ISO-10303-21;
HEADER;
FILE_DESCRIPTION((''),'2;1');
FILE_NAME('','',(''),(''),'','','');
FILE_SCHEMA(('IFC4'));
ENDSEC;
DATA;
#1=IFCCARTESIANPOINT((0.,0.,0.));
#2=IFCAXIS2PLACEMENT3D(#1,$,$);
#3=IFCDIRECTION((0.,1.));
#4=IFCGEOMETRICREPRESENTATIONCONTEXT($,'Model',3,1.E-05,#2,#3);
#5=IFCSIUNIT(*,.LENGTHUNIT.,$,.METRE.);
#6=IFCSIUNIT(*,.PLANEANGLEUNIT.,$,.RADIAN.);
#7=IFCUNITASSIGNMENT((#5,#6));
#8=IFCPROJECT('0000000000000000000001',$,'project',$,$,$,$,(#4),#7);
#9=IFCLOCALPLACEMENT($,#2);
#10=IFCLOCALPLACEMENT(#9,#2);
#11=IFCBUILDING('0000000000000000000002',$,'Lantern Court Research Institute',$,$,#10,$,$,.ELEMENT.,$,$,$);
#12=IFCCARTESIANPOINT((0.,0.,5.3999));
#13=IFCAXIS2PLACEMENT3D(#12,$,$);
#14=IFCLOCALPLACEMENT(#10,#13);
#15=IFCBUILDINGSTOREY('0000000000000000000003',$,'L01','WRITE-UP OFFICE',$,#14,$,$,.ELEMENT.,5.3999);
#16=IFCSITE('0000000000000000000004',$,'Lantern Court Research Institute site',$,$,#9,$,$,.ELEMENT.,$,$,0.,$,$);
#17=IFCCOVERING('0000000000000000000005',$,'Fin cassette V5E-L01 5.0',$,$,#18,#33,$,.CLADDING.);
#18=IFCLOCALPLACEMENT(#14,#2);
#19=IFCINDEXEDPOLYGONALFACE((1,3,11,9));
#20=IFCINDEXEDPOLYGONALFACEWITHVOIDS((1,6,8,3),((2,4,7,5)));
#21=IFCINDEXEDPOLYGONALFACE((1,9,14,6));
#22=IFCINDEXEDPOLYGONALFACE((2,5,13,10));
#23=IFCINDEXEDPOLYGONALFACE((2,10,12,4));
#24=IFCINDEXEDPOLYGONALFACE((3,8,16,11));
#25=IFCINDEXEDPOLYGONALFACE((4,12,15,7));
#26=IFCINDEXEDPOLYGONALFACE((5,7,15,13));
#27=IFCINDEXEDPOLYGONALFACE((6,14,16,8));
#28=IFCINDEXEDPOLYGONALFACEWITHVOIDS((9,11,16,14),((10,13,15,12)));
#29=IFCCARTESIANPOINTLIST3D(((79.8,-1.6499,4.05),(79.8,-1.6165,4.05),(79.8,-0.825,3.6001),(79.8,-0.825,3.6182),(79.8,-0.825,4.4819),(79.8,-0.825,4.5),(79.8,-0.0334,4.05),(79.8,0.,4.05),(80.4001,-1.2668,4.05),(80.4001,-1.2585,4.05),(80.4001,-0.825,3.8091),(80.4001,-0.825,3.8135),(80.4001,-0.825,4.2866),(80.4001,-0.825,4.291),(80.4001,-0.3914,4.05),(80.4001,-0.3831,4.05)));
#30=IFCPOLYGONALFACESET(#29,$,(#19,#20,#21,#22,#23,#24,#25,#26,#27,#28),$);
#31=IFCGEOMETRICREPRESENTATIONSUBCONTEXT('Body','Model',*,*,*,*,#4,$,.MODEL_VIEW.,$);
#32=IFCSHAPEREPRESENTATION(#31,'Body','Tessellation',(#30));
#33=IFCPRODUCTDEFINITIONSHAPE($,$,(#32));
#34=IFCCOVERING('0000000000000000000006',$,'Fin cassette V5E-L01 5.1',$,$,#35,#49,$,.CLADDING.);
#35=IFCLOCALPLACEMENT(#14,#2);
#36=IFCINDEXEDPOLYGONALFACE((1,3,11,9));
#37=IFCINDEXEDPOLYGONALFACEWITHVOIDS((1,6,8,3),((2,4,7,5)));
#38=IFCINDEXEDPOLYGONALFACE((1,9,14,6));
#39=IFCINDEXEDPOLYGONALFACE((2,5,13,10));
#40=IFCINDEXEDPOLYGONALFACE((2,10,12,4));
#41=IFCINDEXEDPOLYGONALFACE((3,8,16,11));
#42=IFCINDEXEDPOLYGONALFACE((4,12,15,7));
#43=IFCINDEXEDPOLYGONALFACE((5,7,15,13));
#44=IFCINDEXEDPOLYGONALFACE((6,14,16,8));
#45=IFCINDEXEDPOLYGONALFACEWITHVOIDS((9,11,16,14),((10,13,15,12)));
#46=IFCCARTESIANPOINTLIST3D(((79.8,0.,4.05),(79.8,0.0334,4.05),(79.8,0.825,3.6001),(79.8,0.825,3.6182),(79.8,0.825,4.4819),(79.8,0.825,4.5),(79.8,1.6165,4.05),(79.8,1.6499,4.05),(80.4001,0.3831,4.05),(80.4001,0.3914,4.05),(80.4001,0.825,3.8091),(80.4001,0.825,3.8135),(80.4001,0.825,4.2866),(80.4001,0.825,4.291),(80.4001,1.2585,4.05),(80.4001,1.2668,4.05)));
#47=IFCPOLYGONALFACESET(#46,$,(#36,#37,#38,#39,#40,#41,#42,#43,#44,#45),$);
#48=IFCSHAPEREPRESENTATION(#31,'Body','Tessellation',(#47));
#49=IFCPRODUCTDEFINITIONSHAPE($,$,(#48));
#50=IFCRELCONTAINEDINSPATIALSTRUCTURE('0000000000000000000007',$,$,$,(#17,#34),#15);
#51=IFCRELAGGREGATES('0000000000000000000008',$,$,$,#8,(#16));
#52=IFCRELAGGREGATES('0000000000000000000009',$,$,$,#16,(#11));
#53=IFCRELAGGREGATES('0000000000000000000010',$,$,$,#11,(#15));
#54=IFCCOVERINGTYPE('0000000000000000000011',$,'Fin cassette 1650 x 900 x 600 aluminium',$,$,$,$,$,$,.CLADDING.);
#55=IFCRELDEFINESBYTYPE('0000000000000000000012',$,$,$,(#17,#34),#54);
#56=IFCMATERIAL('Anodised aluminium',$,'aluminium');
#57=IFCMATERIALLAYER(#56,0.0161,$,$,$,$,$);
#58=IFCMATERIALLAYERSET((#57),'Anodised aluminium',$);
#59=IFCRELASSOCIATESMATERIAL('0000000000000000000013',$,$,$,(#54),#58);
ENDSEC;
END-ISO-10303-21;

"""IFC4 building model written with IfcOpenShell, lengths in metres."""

from ifc_helpers import new_model, entity, si_unit, direction, frame, origin, place, context, subcontext, project, spatial, material, layer, layer_set, type_object, element, save


model = new_model("IFC4")

# Units and contexts
model_context = context("Model", 3, precision=1e-05, world=origin(), true_north=direction((0.0, 1.0)))
body_context = subcontext(model_context, "Body", "Model", "MODEL_VIEW")
ifc_project = project(units=[si_unit("LENGTHUNIT", "METRE"), si_unit("PLANEANGLEUNIT", "RADIAN")], contexts=[model_context])

# Site, building, storey
site_placement = place(None, origin())
site = spatial("IfcSite", under=ifc_project, at=site_placement, Name="Lantern Court Research Institute site", CompositionType="ELEMENT", RefElevation=0.0)
building_placement = place(site_placement, origin())
building = spatial("IfcBuilding", under=site, at=building_placement, Name="Lantern Court Research Institute", CompositionType="ELEMENT")
storey_placement = place(building_placement, frame((0.0, 0.0, 5.3999)))
storey = spatial("IfcBuildingStorey", under=building, at=storey_placement, Name="L01", Description="WRITE-UP OFFICE", CompositionType="ELEMENT", Elevation=5.3999)

# Coverings
ifc_material_1 = material(Name="Anodised aluminium", Category="aluminium")
ifc_layer_1 = layer(ifc_material_1, 0.0161)
ifc_layer_set_1 = layer_set([ifc_layer_1], Name="Anodised aluminium")
covering_type = type_object("IfcCoveringType", Name="Fin cassette 1650 x 900 x 600 aluminium", PredefinedType="CLADDING", material=ifc_layer_set_1)
covering_1_placement = place(storey_placement, frame((79.8, -0.825, 4.05), z_axis=(1.0, 0.0, 0.0), x_axis=(0.0, 1.0, 0.0)))
cartesian_point_1 = entity("IfcCartesianPoint", [0.825, 0.0])
cartesian_point_2 = entity("IfcCartesianPoint", [0.7915, 0.0])
cartesian_point_3 = entity("IfcCartesianPoint", [0.4419, 0.0])
cartesian_point_4 = entity("IfcCartesianPoint", [0.4336, 0.0])
element("IfcCovering", 1, at=covering_1_placement, inside=storey, type_object=covering_type, Name="Fin cassette V5E-L01 5.0", PredefinedType="CLADDING", context=body_context, shape_type="SweptSolid", body=[
    entity("IfcExtrudedAreaSolidTapered", entity("IfcArbitraryProfileDefWithVoids", "AREA", None, entity("IfcPolyline", [cartesian_point_1, entity("IfcCartesianPoint", [0.0, 0.45]), entity("IfcCartesianPoint", [-0.825, 0.0]), entity("IfcCartesianPoint", [0.0, -0.45]), cartesian_point_1]), [entity("IfcPolyline", [cartesian_point_2, entity("IfcCartesianPoint", [0.0, 0.4319]), entity("IfcCartesianPoint", [-0.7915, 0.0]), entity("IfcCartesianPoint", [0.0, -0.4319]), cartesian_point_2])]), entity("IfcAxis2Placement3D", entity("IfcCartesianPoint", [0.0, 0.0, 0.0])), entity("IfcDirection", [0.0, 0.0, 1.0]), 0.6001, entity("IfcArbitraryProfileDefWithVoids", "AREA", None, entity("IfcPolyline", [cartesian_point_3, entity("IfcCartesianPoint", [0.0, 0.241]), entity("IfcCartesianPoint", [-0.4419, 0.0]), entity("IfcCartesianPoint", [0.0, -0.241]), cartesian_point_3]), [entity("IfcPolyline", [cartesian_point_4, entity("IfcCartesianPoint", [0.0, 0.2366]), entity("IfcCartesianPoint", [-0.4336, 0.0]), entity("IfcCartesianPoint", [0.0, -0.2366]), cartesian_point_4])])),
])
covering_2_placement = place(storey_placement, frame((79.8, 0.825, 4.05), z_axis=(1.0, 0.0, 0.0), x_axis=(0.0, 1.0, 0.0)))
cartesian_point_5 = entity("IfcCartesianPoint", [0.825, 0.0])
cartesian_point_6 = entity("IfcCartesianPoint", [0.7915, 0.0])
cartesian_point_7 = entity("IfcCartesianPoint", [0.4419, 0.0])
cartesian_point_8 = entity("IfcCartesianPoint", [0.4336, 0.0])
element("IfcCovering", 2, at=covering_2_placement, inside=storey, type_object=covering_type, Name="Fin cassette V5E-L01 5.1", PredefinedType="CLADDING", context=body_context, shape_type="SweptSolid", body=[
    entity("IfcExtrudedAreaSolidTapered", entity("IfcArbitraryProfileDefWithVoids", "AREA", None, entity("IfcPolyline", [cartesian_point_5, entity("IfcCartesianPoint", [0.0, 0.45]), entity("IfcCartesianPoint", [-0.825, 0.0]), entity("IfcCartesianPoint", [0.0, -0.45]), cartesian_point_5]), [entity("IfcPolyline", [cartesian_point_6, entity("IfcCartesianPoint", [0.0, 0.4319]), entity("IfcCartesianPoint", [-0.7915, 0.0]), entity("IfcCartesianPoint", [0.0, -0.4319]), cartesian_point_6])]), entity("IfcAxis2Placement3D", entity("IfcCartesianPoint", [0.0, 0.0, 0.0])), entity("IfcDirection", [0.0, 0.0, 1.0]), 0.6001, entity("IfcArbitraryProfileDefWithVoids", "AREA", None, entity("IfcPolyline", [cartesian_point_7, entity("IfcCartesianPoint", [0.0, 0.241]), entity("IfcCartesianPoint", [-0.4419, 0.0]), entity("IfcCartesianPoint", [0.0, -0.241]), cartesian_point_7]), [entity("IfcPolyline", [cartesian_point_8, entity("IfcCartesianPoint", [0.0, 0.2366]), entity("IfcCartesianPoint", [-0.4336, 0.0]), entity("IfcCartesianPoint", [0.0, -0.2366]), cartesian_point_8])])),
])

save(model, "model.ifc")
